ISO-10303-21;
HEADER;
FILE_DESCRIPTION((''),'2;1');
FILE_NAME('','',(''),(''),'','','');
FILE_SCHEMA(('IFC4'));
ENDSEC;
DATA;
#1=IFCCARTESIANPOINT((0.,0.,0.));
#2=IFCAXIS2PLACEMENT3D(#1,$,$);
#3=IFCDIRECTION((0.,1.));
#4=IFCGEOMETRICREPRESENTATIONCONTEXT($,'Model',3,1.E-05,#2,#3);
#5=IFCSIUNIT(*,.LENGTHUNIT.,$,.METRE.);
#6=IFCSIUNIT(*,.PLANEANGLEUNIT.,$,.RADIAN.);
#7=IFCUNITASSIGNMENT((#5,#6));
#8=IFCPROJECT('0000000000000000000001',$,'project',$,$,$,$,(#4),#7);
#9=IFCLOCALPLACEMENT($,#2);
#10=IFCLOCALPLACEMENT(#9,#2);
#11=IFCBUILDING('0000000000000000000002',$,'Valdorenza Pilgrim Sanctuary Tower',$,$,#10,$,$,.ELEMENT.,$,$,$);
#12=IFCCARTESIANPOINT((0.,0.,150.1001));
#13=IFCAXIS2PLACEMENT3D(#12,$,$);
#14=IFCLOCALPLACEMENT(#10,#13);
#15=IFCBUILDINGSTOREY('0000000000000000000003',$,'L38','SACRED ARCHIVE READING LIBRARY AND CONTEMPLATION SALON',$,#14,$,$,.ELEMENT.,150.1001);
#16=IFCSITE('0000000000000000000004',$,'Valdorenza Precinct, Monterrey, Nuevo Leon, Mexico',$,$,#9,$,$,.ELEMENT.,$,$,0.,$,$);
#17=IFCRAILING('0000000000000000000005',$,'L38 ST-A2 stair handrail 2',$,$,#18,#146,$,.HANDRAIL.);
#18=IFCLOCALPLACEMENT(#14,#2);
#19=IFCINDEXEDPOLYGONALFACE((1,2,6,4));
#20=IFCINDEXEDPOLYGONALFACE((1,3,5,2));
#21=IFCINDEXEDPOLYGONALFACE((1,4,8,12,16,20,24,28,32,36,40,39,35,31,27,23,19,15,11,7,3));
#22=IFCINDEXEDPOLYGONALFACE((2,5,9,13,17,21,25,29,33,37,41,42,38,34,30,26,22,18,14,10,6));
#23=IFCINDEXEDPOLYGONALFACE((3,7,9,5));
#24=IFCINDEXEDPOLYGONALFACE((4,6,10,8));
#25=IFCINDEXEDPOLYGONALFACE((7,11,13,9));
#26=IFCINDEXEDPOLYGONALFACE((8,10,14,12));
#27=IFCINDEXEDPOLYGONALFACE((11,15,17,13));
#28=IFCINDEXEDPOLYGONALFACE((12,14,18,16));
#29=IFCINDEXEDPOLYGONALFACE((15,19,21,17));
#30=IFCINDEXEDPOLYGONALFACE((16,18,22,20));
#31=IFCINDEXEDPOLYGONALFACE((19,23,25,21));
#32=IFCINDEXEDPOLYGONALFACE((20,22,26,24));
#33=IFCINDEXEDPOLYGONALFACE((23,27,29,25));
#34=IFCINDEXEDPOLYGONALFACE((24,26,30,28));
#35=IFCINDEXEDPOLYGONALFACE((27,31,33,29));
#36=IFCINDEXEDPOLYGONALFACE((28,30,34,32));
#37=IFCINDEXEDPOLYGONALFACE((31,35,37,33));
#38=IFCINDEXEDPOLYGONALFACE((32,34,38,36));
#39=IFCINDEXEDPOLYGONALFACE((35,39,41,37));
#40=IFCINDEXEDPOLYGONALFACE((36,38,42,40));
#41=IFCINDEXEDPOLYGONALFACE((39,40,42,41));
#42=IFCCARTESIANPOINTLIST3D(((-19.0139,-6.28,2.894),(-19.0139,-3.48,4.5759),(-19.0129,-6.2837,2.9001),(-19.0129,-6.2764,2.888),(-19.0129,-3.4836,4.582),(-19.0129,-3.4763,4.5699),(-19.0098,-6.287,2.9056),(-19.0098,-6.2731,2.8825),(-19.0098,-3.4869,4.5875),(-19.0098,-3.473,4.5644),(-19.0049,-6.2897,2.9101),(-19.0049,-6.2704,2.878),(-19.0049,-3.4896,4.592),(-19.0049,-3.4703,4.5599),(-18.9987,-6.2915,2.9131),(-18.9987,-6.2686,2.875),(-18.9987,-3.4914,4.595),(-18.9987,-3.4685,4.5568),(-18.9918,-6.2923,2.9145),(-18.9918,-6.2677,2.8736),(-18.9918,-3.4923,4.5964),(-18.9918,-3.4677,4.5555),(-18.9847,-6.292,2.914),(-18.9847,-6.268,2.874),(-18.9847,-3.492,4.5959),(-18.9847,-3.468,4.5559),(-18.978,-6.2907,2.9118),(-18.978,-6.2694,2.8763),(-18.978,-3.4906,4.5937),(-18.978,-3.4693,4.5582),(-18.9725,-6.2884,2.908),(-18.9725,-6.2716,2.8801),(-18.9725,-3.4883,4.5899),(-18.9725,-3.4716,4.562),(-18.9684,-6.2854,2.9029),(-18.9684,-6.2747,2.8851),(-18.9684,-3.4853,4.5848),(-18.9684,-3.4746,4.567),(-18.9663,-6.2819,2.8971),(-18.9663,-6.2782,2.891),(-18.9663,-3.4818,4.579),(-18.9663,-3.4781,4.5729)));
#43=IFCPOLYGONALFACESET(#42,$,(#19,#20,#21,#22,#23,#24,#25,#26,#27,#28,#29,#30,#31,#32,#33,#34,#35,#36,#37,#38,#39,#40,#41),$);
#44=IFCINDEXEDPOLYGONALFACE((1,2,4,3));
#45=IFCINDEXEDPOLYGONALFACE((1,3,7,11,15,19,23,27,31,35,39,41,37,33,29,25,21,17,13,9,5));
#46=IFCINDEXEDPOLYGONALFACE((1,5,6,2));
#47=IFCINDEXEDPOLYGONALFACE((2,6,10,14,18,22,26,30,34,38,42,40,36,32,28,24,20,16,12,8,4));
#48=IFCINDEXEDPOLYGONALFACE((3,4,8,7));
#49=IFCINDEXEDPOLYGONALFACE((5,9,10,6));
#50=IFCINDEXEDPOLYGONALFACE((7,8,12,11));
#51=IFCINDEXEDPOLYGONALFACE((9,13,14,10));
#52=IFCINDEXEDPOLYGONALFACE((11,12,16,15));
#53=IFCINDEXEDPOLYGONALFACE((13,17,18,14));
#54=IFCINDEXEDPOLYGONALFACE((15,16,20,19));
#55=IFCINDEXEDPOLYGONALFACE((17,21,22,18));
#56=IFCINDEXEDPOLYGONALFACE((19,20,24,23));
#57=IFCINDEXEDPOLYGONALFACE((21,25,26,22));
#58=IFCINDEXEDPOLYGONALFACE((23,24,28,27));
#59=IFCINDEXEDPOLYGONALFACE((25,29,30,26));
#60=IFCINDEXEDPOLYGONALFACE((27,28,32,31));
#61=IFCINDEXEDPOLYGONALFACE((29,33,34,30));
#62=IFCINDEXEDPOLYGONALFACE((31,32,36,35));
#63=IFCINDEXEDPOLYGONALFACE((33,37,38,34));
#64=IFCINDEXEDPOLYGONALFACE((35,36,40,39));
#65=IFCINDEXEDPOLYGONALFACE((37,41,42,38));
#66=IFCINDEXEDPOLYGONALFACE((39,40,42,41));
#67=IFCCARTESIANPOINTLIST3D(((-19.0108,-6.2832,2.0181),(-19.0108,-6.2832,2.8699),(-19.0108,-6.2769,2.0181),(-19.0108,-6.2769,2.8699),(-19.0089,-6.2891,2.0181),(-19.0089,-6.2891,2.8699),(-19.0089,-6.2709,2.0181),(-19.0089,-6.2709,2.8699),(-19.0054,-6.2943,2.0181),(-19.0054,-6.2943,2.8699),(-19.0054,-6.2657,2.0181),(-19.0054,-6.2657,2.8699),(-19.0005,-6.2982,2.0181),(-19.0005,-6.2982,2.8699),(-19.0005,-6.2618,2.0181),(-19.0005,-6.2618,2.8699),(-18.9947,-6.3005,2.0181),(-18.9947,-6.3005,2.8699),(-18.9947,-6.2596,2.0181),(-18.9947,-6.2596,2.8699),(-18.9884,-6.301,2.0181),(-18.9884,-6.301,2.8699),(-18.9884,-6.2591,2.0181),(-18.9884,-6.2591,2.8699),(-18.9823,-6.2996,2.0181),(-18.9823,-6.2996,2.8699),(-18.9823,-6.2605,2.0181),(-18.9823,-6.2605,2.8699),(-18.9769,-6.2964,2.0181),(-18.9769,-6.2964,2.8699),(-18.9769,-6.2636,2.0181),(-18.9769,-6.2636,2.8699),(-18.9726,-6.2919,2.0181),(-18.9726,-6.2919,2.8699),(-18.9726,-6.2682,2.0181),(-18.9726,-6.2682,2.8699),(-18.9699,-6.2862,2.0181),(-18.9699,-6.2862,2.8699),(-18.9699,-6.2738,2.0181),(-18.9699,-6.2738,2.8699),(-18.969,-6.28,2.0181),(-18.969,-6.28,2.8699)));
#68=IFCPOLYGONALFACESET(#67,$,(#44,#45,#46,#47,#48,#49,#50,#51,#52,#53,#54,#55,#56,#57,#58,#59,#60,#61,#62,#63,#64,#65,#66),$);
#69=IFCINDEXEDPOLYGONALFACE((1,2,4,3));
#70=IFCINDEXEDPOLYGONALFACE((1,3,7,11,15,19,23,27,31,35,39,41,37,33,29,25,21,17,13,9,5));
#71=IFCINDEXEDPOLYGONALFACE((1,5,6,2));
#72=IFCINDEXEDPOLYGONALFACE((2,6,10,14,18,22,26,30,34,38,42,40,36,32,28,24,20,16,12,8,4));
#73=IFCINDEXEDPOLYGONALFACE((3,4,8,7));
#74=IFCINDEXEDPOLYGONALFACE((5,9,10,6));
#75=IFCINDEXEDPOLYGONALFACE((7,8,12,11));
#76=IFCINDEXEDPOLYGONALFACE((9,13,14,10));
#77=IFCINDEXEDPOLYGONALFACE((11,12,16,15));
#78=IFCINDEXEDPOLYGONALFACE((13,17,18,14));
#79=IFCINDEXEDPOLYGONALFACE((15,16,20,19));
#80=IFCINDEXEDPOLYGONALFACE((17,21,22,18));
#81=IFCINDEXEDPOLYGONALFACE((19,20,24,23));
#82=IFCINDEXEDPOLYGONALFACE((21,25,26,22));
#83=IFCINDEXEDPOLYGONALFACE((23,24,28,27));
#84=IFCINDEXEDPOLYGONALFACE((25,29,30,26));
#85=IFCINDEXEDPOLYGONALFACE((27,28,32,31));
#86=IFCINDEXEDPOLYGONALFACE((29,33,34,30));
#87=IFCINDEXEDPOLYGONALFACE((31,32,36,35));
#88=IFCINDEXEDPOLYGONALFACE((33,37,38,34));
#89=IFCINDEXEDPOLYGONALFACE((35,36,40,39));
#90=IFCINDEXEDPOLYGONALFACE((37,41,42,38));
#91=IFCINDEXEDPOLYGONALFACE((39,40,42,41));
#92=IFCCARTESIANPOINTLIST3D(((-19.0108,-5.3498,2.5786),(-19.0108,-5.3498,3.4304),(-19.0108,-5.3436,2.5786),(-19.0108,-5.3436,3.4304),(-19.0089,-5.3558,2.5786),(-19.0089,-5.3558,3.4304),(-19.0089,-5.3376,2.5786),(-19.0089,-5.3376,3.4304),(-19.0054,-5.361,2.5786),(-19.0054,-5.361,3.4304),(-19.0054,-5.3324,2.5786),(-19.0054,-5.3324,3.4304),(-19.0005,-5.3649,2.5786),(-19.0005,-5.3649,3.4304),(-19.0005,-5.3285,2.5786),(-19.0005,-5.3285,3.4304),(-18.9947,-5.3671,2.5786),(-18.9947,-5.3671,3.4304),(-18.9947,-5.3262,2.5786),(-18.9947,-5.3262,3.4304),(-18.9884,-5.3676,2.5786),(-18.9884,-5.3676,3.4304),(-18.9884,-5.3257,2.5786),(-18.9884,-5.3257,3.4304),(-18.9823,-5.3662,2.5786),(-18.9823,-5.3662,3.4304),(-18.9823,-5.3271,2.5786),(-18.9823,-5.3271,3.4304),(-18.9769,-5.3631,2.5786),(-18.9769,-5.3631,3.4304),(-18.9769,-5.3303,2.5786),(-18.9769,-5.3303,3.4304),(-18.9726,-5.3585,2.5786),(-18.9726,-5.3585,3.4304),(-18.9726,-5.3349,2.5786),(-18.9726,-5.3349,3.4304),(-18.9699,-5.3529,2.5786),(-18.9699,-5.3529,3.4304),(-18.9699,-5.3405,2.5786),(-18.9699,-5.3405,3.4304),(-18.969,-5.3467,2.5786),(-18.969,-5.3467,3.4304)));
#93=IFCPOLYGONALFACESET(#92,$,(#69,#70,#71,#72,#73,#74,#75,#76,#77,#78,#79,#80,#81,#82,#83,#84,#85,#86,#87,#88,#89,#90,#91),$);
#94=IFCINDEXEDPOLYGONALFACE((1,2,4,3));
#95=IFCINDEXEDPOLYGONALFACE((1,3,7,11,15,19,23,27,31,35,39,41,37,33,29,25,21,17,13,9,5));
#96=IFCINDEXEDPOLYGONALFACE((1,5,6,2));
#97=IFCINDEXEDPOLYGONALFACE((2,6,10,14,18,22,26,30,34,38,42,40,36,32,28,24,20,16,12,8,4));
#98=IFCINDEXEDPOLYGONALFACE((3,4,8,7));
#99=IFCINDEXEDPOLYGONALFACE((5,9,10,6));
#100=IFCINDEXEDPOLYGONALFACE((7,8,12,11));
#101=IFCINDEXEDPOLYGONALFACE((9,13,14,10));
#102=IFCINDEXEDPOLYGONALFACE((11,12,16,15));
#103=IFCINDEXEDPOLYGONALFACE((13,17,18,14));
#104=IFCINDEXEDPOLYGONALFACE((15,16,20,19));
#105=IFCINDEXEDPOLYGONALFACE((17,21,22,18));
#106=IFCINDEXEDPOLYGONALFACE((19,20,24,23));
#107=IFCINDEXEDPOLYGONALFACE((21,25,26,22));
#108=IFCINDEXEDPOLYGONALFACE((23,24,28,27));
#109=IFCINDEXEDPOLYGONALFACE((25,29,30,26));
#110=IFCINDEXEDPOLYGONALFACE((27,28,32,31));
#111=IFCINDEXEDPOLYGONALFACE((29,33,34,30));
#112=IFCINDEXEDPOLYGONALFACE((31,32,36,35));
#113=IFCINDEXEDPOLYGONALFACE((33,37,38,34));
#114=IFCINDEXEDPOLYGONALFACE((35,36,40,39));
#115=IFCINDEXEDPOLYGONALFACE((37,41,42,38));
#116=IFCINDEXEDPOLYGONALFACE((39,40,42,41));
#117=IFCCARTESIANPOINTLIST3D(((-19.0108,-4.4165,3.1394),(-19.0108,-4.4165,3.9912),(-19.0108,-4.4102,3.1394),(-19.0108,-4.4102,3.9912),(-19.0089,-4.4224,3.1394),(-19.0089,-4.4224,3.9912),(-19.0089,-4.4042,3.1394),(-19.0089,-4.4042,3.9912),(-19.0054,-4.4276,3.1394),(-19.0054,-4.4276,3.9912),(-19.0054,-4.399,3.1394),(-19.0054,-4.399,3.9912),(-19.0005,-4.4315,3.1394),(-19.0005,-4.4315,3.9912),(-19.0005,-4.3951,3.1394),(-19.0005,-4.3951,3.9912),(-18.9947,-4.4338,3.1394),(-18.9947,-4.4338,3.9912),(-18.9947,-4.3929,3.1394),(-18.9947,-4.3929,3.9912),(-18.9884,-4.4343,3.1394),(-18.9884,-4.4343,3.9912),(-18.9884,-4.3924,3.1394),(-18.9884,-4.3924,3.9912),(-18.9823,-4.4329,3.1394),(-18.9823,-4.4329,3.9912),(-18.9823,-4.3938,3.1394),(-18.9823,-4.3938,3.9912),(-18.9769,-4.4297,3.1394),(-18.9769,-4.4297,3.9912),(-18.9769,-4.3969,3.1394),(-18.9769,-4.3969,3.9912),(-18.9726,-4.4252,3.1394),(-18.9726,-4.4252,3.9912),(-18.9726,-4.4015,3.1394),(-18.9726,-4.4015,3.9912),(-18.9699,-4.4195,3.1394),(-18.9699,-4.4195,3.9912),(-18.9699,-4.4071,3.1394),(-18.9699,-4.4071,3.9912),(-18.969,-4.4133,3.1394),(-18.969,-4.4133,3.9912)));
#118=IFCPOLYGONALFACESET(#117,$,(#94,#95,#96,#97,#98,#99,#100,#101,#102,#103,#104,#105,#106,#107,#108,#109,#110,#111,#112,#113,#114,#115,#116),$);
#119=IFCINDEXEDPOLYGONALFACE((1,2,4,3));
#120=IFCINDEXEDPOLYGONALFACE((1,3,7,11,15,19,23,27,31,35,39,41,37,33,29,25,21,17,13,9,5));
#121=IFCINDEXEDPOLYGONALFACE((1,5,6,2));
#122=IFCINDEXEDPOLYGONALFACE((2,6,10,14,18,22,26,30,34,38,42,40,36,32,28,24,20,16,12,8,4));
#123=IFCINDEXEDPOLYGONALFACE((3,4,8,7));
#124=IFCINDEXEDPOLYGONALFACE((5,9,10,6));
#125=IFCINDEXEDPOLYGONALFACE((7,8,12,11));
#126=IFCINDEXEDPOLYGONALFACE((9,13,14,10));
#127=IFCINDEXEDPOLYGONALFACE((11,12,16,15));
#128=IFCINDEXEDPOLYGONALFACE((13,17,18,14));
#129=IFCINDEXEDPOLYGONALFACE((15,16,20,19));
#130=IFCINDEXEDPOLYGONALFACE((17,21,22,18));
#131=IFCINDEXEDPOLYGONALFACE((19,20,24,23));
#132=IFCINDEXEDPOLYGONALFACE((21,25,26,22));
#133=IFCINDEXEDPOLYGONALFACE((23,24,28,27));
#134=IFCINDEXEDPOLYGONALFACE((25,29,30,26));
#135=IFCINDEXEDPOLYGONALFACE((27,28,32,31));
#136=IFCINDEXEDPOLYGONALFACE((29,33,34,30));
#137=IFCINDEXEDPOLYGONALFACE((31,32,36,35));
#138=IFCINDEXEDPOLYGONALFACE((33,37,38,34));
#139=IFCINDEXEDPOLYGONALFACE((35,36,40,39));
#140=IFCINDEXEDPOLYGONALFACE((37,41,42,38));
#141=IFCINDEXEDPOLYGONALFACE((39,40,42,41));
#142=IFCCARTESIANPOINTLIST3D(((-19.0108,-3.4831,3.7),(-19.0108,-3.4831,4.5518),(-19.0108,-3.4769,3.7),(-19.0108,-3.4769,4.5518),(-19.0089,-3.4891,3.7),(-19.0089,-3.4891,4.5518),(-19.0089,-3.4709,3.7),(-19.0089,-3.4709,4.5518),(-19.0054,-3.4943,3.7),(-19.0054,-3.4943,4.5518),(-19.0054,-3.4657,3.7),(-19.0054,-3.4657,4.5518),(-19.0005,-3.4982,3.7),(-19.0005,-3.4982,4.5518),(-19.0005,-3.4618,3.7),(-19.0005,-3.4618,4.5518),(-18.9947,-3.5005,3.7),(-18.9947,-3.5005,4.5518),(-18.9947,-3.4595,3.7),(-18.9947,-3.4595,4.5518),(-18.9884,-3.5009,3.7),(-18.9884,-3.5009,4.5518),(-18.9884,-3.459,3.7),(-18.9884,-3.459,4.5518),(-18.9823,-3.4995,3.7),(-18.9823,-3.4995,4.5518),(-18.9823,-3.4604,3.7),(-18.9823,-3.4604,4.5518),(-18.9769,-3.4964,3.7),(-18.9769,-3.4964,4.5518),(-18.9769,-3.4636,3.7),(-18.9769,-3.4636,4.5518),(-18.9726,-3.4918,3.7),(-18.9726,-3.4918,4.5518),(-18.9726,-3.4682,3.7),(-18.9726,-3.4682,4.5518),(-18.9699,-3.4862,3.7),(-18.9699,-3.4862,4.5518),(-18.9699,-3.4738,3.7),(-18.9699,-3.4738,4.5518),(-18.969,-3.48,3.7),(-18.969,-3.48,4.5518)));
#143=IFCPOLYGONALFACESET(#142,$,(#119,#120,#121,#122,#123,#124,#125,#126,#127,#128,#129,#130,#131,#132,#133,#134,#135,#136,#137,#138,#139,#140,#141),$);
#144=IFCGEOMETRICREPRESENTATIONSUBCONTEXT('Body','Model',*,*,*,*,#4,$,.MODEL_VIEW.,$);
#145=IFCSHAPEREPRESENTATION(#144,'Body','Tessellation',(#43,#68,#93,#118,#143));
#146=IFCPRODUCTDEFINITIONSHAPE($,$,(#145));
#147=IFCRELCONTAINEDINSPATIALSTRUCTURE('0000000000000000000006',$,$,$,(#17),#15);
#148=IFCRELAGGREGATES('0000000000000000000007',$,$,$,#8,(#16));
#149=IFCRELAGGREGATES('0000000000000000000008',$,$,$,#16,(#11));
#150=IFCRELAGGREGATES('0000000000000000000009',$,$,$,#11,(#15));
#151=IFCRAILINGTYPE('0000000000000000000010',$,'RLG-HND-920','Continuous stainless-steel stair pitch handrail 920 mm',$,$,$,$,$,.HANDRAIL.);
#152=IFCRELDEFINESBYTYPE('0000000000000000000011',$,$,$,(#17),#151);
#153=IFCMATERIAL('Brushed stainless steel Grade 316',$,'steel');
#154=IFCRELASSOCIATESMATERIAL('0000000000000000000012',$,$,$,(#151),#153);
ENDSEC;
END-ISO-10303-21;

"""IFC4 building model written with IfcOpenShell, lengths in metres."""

from ifc_helpers import new_model, si_unit, direction, frame, origin, origin_2d, place, context, subcontext, project, spatial, circle, extrude, material, type_object, element, save


model = new_model("IFC4")

# Units and contexts
model_context = context("Model", 3, precision=1e-05, world=origin(), true_north=direction((0.0, 1.0)))
body_context = subcontext(model_context, "Body", "Model", "MODEL_VIEW")
ifc_project = project(units=[si_unit("LENGTHUNIT", "METRE"), si_unit("PLANEANGLEUNIT", "RADIAN")], contexts=[model_context])

# Site, building, storey
site_placement = place(None, origin())
site = spatial("IfcSite", under=ifc_project, at=site_placement, Name="Valdorenza Precinct, Monterrey, Nuevo Leon, Mexico", CompositionType="ELEMENT", RefElevation=0.0)
building_placement = place(site_placement, origin())
building = spatial("IfcBuilding", under=site, at=building_placement, Name="Valdorenza Pilgrim Sanctuary Tower", CompositionType="ELEMENT")
storey_placement = place(building_placement, frame((0.0, 0.0, 150.1001)))
storey = spatial("IfcBuildingStorey", under=building, at=storey_placement, Name="L38", Description="SACRED ARCHIVE READING LIBRARY AND CONTEMPLATION SALON", CompositionType="ELEMENT", Elevation=150.1001)

# Shared definitions
ifc_material_1 = material(Name="Brushed stainless steel Grade 316", Category="steel")

# Railing
railing_type_1 = type_object("IfcRailingType", Name="RLG-HND-920", Description="Continuous stainless-steel stair pitch handrail 920 mm", PredefinedType="HANDRAIL", material=ifc_material_1)
railing_1_placement = place(storey_placement, frame((-18.99, -6.28, 2.0181)))
element("IfcRailing", 1, at=railing_1_placement, inside=storey, type_object=railing_type_1, Name="L38 ST-A2 stair handrail 2", PredefinedType="HANDRAIL", context=body_context, shape_type="SweptSolid", body=[
    extrude(circle(Radius=0.0239, at=origin_2d()), frame((0.0, 0.0, 0.876), z_axis=(0.0, 0.857242, 0.514913), x_axis=(-1.0, 0.0, 0.0)), (0.0, 0.0, 1.0), 3.2664),
    extrude(circle(Radius=0.021, at=origin_2d()), origin(), (0.0, 0.0, 1.0), 0.8518),
    extrude(circle(Radius=0.021, at=origin_2d()), frame((0.0, 0.9333, 0.5605)), (0.0, 0.0, 1.0), 0.8518),
    extrude(circle(Radius=0.021, at=origin_2d()), frame((0.0, 1.8667, 1.1213)), (0.0, 0.0, 1.0), 0.8518),
    extrude(circle(Radius=0.021, at=origin_2d()), frame((0.0, 2.8, 1.6819)), (0.0, 0.0, 1.0), 0.8518),
])

save(model, "model.ifc")
